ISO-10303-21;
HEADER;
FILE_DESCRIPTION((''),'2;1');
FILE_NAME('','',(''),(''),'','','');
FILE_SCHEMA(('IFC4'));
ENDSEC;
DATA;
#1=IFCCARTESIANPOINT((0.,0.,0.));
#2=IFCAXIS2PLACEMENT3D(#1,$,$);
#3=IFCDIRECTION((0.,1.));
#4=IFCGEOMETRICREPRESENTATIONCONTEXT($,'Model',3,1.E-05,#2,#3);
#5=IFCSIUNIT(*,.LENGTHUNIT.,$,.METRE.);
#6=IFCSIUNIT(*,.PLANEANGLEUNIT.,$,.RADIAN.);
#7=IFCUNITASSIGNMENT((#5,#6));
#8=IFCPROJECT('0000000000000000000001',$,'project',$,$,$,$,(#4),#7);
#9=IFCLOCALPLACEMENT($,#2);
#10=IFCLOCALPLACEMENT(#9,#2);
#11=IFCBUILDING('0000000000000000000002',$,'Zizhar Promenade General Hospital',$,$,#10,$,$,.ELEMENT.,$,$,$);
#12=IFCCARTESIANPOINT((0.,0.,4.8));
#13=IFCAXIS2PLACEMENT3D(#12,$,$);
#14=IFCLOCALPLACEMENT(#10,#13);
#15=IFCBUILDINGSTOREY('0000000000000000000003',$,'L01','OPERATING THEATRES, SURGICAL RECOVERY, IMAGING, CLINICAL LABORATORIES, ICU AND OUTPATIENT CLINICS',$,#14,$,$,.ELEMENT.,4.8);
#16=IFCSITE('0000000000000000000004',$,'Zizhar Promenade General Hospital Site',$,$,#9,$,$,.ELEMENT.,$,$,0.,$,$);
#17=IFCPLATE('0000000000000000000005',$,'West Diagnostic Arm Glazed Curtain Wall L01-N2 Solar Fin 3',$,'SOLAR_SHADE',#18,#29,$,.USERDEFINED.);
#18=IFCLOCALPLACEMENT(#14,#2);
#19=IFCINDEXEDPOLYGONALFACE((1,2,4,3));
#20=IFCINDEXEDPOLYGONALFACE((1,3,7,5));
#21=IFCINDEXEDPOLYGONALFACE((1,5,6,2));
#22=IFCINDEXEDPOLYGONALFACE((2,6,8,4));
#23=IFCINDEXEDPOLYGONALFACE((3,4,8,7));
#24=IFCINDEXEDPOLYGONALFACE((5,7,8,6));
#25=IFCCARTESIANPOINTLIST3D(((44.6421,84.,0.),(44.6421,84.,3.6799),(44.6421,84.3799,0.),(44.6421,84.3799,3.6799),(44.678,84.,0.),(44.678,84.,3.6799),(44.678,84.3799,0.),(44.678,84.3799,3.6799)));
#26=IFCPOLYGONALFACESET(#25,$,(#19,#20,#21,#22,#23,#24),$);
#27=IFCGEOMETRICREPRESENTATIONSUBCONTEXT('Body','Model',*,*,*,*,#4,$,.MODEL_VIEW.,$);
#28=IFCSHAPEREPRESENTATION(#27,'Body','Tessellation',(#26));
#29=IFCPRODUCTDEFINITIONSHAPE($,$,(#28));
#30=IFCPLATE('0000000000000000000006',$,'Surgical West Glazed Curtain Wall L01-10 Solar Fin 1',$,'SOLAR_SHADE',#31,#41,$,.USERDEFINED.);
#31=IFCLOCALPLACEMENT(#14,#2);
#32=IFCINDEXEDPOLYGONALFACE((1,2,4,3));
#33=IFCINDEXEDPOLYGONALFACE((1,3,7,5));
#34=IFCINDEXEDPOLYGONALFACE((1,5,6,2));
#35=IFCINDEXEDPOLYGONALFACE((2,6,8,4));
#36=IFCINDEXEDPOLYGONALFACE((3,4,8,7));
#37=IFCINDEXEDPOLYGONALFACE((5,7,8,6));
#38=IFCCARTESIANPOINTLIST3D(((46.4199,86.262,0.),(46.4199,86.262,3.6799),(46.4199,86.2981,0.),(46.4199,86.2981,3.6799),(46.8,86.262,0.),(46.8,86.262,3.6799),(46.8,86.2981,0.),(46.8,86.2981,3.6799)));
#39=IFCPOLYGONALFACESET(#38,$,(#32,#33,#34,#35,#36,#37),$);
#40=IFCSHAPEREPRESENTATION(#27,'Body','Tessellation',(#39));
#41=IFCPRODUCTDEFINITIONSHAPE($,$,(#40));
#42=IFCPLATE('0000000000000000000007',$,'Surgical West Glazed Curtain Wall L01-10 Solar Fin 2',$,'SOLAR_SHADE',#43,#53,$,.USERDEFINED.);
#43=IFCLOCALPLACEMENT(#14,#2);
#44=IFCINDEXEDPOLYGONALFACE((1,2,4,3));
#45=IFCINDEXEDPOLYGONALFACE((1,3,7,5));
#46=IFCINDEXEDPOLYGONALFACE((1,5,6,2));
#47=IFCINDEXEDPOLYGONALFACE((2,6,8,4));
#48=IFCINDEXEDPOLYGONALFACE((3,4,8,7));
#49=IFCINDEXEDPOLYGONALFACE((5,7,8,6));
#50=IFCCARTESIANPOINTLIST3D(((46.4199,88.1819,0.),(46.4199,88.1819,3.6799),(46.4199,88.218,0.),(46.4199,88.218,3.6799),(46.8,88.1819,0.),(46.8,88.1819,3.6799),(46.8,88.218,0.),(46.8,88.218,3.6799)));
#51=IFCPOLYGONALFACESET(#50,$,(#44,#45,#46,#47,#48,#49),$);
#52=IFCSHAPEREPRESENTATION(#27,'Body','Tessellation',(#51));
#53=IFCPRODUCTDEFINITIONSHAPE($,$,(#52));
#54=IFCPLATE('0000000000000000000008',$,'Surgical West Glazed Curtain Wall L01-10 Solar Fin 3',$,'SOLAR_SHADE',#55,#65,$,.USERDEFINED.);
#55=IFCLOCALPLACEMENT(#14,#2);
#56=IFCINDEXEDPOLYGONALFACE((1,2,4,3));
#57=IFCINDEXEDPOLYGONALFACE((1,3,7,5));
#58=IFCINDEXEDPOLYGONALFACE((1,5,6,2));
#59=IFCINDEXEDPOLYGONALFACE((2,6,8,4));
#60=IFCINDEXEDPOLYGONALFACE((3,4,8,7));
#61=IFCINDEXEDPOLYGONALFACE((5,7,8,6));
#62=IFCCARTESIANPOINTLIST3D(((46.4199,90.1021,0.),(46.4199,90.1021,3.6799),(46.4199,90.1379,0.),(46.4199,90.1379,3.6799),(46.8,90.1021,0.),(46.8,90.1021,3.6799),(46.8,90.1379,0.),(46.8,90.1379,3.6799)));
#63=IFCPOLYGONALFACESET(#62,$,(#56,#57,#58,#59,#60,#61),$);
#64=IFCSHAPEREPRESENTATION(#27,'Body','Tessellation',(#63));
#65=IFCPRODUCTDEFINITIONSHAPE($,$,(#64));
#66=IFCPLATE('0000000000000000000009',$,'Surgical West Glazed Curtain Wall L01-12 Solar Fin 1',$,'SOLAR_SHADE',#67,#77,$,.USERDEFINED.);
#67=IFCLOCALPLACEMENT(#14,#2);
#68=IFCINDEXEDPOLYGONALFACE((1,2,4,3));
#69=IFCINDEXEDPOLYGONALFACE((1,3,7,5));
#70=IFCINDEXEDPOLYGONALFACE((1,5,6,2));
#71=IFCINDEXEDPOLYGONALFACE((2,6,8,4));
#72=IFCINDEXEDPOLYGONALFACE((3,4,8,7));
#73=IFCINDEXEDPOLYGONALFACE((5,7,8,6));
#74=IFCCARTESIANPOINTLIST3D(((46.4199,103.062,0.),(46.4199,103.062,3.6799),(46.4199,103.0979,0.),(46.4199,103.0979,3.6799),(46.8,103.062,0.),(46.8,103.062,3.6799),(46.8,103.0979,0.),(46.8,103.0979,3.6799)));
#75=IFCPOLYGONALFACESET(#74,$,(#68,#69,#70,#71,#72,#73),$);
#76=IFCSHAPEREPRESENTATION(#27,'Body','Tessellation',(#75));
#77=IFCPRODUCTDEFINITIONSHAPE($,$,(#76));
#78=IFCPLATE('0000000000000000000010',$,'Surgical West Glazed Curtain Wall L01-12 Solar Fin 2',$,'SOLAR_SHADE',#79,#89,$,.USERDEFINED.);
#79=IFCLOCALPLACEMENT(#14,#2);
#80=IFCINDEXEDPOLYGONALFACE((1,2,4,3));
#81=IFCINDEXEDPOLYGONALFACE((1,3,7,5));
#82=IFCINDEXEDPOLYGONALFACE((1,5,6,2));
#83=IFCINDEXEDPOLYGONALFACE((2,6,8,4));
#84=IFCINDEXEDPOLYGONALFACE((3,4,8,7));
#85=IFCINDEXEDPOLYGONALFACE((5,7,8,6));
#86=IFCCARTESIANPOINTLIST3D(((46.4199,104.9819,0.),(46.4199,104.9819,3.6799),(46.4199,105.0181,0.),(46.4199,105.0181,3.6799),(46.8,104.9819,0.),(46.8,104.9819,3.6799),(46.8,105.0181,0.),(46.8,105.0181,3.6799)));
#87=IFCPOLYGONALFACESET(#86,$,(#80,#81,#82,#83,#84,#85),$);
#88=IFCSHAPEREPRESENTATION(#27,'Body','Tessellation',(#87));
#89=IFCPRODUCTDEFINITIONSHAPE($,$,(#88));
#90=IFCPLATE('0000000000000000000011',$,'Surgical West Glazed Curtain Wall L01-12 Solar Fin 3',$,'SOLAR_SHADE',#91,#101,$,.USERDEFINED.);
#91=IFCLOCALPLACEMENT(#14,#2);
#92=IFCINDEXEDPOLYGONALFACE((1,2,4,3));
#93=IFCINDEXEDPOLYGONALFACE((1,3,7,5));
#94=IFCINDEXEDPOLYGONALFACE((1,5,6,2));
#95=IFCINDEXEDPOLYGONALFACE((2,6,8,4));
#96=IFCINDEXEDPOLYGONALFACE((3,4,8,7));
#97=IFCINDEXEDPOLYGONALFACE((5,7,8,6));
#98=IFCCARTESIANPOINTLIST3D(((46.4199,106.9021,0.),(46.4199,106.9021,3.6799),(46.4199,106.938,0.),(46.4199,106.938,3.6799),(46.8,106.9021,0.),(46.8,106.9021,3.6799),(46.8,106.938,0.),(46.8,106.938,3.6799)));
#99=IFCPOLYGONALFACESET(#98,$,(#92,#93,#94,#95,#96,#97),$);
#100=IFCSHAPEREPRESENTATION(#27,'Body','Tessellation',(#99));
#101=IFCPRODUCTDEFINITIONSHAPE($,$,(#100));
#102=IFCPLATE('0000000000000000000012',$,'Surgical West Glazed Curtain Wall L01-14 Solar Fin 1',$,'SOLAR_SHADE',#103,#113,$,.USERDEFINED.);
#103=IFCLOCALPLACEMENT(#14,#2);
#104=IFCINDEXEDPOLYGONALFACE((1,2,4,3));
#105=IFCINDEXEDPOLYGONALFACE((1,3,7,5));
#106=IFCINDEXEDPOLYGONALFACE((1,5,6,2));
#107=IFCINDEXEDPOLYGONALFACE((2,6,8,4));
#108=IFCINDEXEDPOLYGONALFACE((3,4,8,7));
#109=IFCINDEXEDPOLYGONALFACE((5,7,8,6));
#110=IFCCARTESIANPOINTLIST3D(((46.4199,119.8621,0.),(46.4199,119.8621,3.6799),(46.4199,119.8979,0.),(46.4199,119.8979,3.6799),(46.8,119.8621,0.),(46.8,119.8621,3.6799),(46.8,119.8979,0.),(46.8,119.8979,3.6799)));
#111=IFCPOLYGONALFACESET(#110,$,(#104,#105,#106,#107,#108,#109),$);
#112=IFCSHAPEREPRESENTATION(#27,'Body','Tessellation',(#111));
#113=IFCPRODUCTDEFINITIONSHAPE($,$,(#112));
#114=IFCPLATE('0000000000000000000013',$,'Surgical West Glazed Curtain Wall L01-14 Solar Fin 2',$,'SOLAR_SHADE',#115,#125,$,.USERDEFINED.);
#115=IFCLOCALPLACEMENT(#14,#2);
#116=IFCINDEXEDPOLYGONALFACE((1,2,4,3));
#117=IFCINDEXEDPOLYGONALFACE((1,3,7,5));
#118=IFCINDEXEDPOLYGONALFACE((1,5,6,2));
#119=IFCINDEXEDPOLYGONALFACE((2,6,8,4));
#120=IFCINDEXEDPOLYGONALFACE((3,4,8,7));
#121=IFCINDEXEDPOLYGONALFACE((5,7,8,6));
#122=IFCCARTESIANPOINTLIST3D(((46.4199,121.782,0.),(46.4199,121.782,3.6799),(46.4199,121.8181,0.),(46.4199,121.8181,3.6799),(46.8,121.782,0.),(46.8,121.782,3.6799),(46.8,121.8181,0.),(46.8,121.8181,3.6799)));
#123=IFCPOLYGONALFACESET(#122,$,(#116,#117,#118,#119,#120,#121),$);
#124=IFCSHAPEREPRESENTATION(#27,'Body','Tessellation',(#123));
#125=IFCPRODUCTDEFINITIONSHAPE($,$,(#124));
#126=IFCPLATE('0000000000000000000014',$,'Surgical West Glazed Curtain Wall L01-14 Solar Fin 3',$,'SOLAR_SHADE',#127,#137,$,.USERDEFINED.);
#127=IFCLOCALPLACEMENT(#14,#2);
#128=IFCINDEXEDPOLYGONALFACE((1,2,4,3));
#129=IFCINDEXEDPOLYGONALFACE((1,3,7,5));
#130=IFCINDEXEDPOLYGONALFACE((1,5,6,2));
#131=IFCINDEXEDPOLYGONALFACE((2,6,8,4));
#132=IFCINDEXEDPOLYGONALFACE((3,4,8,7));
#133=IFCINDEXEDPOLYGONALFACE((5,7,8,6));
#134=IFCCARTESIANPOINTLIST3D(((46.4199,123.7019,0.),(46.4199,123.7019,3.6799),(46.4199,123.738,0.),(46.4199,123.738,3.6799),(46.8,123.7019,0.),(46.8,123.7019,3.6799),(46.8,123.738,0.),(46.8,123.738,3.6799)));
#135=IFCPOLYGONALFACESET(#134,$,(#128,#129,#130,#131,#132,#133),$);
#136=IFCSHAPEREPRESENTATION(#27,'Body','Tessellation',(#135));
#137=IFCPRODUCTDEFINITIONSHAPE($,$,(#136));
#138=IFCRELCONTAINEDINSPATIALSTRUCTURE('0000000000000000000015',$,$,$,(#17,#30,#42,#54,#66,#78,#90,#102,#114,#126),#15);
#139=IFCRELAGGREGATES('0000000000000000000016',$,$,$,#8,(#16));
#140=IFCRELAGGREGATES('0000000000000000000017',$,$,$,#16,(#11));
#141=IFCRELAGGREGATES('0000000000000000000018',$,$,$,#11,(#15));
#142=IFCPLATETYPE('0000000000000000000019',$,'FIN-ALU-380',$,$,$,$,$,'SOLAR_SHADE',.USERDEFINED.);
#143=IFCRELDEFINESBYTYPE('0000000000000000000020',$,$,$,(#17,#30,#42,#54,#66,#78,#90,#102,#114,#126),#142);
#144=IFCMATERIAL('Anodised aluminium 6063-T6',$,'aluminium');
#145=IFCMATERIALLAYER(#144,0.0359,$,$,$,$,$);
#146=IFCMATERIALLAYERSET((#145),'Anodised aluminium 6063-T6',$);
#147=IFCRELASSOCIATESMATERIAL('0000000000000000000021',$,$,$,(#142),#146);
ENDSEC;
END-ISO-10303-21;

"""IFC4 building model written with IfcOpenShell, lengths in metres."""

from ifc_helpers import new_model, si_unit, direction, frame, origin, place, context, subcontext, project, spatial, polyline, outline, extrude, material, layer, layer_set, type_object, element, save


model = new_model("IFC4")

# Units and contexts
model_context = context("Model", 3, precision=1e-05, world=origin(), true_north=direction((0.0, 1.0)))
body_context = subcontext(model_context, "Body", "Model", "MODEL_VIEW")
ifc_project = project(units=[si_unit("LENGTHUNIT", "METRE"), si_unit("PLANEANGLEUNIT", "RADIAN")], contexts=[model_context])

# Site, building, storey
site_placement = place(None, origin())
site = spatial("IfcSite", under=ifc_project, at=site_placement, Name="Zizhar Promenade General Hospital Site", CompositionType="ELEMENT", RefElevation=0.0)
building_placement = place(site_placement, origin())
building = spatial("IfcBuilding", under=site, at=building_placement, Name="Zizhar Promenade General Hospital", CompositionType="ELEMENT")
storey_placement = place(building_placement, frame((0.0, 0.0, 4.8)))
storey = spatial("IfcBuildingStorey", under=building, at=storey_placement, Name="L01", Description="OPERATING THEATRES, SURGICAL RECOVERY, IMAGING, CLINICAL LABORATORIES, ICU AND OUTPATIENT CLINICS", CompositionType="ELEMENT", Elevation=4.8)

# Plates
ifc_material_1 = material(Name="Anodised aluminium 6063-T6", Category="aluminium")
ifc_layer_1 = layer(ifc_material_1, 0.0359)
ifc_layer_set_1 = layer_set([ifc_layer_1], Name="Anodised aluminium 6063-T6")
plate_type_1 = type_object("IfcPlateType", Name="FIN-ALU-380", ElementType="SOLAR_SHADE", PredefinedType="USERDEFINED", material=ifc_layer_set_1)
plate_1_placement = place(storey_placement, origin())
element("IfcPlate", 1, at=plate_1_placement, inside=storey, type_object=plate_type_1, Name="West Diagnostic Arm Glazed Curtain Wall L01-N2 Solar Fin 3", ObjectType="SOLAR_SHADE", PredefinedType="USERDEFINED", context=body_context, shape_type="SweptSolid", body=[
    extrude(outline(polyline([(44.6421, 84.0), (44.678, 84.0), (44.678, 84.3799), (44.6421, 84.3799), (44.6421, 84.0)])), origin(), (0.0, 0.0, 1.0), 3.6799),
])
plate_2_placement = place(storey_placement, origin())
element("IfcPlate", 2, at=plate_2_placement, inside=storey, type_object=plate_type_1, Name="Surgical West Glazed Curtain Wall L01-10 Solar Fin 1", ObjectType="SOLAR_SHADE", PredefinedType="USERDEFINED", context=body_context, shape_type="SweptSolid", body=[
    extrude(outline(polyline([(46.8, 86.262), (46.8, 86.2981), (46.4199, 86.2981), (46.4199, 86.262), (46.8, 86.262)])), origin(), (0.0, 0.0, 1.0), 3.6799),
])
plate_3_placement = place(storey_placement, origin())
element("IfcPlate", 3, at=plate_3_placement, inside=storey, type_object=plate_type_1, Name="Surgical West Glazed Curtain Wall L01-10 Solar Fin 2", ObjectType="SOLAR_SHADE", PredefinedType="USERDEFINED", context=body_context, shape_type="SweptSolid", body=[
    extrude(outline(polyline([(46.8, 88.1819), (46.8, 88.218), (46.4199, 88.218), (46.4199, 88.1819), (46.8, 88.1819)])), origin(), (0.0, 0.0, 1.0), 3.6799),
])
plate_4_placement = place(storey_placement, origin())
element("IfcPlate", 4, at=plate_4_placement, inside=storey, type_object=plate_type_1, Name="Surgical West Glazed Curtain Wall L01-10 Solar Fin 3", ObjectType="SOLAR_SHADE", PredefinedType="USERDEFINED", context=body_context, shape_type="SweptSolid", body=[
    extrude(outline(polyline([(46.8, 90.1021), (46.8, 90.1379), (46.4199, 90.1379), (46.4199, 90.1021), (46.8, 90.1021)])), origin(), (0.0, 0.0, 1.0), 3.6799),
])
plate_5_placement = place(storey_placement, origin())
element("IfcPlate", 5, at=plate_5_placement, inside=storey, type_object=plate_type_1, Name="Surgical West Glazed Curtain Wall L01-12 Solar Fin 1", ObjectType="SOLAR_SHADE", PredefinedType="USERDEFINED", context=body_context, shape_type="SweptSolid", body=[
    extrude(outline(polyline([(46.8, 103.062), (46.8, 103.0979), (46.4199, 103.0979), (46.4199, 103.062), (46.8, 103.062)])), origin(), (0.0, 0.0, 1.0), 3.6799),
])
plate_6_placement = place(storey_placement, origin())
element("IfcPlate", 6, at=plate_6_placement, inside=storey, type_object=plate_type_1, Name="Surgical West Glazed Curtain Wall L01-12 Solar Fin 2", ObjectType="SOLAR_SHADE", PredefinedType="USERDEFINED", context=body_context, shape_type="SweptSolid", body=[
    extrude(outline(polyline([(46.8, 104.9819), (46.8, 105.0181), (46.4199, 105.0181), (46.4199, 104.9819), (46.8, 104.9819)])), origin(), (0.0, 0.0, 1.0), 3.6799),
])
plate_7_placement = place(storey_placement, origin())
element("IfcPlate", 7, at=plate_7_placement, inside=storey, type_object=plate_type_1, Name="Surgical West Glazed Curtain Wall L01-12 Solar Fin 3", ObjectType="SOLAR_SHADE", PredefinedType="USERDEFINED", context=body_context, shape_type="SweptSolid", body=[
    extrude(outline(polyline([(46.8, 106.9021), (46.8, 106.938), (46.4199, 106.938), (46.4199, 106.9021), (46.8, 106.9021)])), origin(), (0.0, 0.0, 1.0), 3.6799),
])
plate_8_placement = place(storey_placement, origin())
element("IfcPlate", 8, at=plate_8_placement, inside=storey, type_object=plate_type_1, Name="Surgical West Glazed Curtain Wall L01-14 Solar Fin 1", ObjectType="SOLAR_SHADE", PredefinedType="USERDEFINED", context=body_context, shape_type="SweptSolid", body=[
    extrude(outline(polyline([(46.8, 119.8621), (46.8, 119.8979), (46.4199, 119.8979), (46.4199, 119.8621), (46.8, 119.8621)])), origin(), (0.0, 0.0, 1.0), 3.6799),
])
plate_9_placement = place(storey_placement, origin())
element("IfcPlate", 9, at=plate_9_placement, inside=storey, type_object=plate_type_1, Name="Surgical West Glazed Curtain Wall L01-14 Solar Fin 2", ObjectType="SOLAR_SHADE", PredefinedType="USERDEFINED", context=body_context, shape_type="SweptSolid", body=[
    extrude(outline(polyline([(46.8, 121.782), (46.8, 121.8181), (46.4199, 121.8181), (46.4199, 121.782), (46.8, 121.782)])), origin(), (0.0, 0.0, 1.0), 3.6799),
])
plate_10_placement = place(storey_placement, origin())
element("IfcPlate", 10, at=plate_10_placement, inside=storey, type_object=plate_type_1, Name="Surgical West Glazed Curtain Wall L01-14 Solar Fin 3", ObjectType="SOLAR_SHADE", PredefinedType="USERDEFINED", context=body_context, shape_type="SweptSolid", body=[
    extrude(outline(polyline([(46.8, 123.7019), (46.8, 123.738), (46.4199, 123.738), (46.4199, 123.7019), (46.8, 123.7019)])), origin(), (0.0, 0.0, 1.0), 3.6799),
])

save(model, "model.ifc")
